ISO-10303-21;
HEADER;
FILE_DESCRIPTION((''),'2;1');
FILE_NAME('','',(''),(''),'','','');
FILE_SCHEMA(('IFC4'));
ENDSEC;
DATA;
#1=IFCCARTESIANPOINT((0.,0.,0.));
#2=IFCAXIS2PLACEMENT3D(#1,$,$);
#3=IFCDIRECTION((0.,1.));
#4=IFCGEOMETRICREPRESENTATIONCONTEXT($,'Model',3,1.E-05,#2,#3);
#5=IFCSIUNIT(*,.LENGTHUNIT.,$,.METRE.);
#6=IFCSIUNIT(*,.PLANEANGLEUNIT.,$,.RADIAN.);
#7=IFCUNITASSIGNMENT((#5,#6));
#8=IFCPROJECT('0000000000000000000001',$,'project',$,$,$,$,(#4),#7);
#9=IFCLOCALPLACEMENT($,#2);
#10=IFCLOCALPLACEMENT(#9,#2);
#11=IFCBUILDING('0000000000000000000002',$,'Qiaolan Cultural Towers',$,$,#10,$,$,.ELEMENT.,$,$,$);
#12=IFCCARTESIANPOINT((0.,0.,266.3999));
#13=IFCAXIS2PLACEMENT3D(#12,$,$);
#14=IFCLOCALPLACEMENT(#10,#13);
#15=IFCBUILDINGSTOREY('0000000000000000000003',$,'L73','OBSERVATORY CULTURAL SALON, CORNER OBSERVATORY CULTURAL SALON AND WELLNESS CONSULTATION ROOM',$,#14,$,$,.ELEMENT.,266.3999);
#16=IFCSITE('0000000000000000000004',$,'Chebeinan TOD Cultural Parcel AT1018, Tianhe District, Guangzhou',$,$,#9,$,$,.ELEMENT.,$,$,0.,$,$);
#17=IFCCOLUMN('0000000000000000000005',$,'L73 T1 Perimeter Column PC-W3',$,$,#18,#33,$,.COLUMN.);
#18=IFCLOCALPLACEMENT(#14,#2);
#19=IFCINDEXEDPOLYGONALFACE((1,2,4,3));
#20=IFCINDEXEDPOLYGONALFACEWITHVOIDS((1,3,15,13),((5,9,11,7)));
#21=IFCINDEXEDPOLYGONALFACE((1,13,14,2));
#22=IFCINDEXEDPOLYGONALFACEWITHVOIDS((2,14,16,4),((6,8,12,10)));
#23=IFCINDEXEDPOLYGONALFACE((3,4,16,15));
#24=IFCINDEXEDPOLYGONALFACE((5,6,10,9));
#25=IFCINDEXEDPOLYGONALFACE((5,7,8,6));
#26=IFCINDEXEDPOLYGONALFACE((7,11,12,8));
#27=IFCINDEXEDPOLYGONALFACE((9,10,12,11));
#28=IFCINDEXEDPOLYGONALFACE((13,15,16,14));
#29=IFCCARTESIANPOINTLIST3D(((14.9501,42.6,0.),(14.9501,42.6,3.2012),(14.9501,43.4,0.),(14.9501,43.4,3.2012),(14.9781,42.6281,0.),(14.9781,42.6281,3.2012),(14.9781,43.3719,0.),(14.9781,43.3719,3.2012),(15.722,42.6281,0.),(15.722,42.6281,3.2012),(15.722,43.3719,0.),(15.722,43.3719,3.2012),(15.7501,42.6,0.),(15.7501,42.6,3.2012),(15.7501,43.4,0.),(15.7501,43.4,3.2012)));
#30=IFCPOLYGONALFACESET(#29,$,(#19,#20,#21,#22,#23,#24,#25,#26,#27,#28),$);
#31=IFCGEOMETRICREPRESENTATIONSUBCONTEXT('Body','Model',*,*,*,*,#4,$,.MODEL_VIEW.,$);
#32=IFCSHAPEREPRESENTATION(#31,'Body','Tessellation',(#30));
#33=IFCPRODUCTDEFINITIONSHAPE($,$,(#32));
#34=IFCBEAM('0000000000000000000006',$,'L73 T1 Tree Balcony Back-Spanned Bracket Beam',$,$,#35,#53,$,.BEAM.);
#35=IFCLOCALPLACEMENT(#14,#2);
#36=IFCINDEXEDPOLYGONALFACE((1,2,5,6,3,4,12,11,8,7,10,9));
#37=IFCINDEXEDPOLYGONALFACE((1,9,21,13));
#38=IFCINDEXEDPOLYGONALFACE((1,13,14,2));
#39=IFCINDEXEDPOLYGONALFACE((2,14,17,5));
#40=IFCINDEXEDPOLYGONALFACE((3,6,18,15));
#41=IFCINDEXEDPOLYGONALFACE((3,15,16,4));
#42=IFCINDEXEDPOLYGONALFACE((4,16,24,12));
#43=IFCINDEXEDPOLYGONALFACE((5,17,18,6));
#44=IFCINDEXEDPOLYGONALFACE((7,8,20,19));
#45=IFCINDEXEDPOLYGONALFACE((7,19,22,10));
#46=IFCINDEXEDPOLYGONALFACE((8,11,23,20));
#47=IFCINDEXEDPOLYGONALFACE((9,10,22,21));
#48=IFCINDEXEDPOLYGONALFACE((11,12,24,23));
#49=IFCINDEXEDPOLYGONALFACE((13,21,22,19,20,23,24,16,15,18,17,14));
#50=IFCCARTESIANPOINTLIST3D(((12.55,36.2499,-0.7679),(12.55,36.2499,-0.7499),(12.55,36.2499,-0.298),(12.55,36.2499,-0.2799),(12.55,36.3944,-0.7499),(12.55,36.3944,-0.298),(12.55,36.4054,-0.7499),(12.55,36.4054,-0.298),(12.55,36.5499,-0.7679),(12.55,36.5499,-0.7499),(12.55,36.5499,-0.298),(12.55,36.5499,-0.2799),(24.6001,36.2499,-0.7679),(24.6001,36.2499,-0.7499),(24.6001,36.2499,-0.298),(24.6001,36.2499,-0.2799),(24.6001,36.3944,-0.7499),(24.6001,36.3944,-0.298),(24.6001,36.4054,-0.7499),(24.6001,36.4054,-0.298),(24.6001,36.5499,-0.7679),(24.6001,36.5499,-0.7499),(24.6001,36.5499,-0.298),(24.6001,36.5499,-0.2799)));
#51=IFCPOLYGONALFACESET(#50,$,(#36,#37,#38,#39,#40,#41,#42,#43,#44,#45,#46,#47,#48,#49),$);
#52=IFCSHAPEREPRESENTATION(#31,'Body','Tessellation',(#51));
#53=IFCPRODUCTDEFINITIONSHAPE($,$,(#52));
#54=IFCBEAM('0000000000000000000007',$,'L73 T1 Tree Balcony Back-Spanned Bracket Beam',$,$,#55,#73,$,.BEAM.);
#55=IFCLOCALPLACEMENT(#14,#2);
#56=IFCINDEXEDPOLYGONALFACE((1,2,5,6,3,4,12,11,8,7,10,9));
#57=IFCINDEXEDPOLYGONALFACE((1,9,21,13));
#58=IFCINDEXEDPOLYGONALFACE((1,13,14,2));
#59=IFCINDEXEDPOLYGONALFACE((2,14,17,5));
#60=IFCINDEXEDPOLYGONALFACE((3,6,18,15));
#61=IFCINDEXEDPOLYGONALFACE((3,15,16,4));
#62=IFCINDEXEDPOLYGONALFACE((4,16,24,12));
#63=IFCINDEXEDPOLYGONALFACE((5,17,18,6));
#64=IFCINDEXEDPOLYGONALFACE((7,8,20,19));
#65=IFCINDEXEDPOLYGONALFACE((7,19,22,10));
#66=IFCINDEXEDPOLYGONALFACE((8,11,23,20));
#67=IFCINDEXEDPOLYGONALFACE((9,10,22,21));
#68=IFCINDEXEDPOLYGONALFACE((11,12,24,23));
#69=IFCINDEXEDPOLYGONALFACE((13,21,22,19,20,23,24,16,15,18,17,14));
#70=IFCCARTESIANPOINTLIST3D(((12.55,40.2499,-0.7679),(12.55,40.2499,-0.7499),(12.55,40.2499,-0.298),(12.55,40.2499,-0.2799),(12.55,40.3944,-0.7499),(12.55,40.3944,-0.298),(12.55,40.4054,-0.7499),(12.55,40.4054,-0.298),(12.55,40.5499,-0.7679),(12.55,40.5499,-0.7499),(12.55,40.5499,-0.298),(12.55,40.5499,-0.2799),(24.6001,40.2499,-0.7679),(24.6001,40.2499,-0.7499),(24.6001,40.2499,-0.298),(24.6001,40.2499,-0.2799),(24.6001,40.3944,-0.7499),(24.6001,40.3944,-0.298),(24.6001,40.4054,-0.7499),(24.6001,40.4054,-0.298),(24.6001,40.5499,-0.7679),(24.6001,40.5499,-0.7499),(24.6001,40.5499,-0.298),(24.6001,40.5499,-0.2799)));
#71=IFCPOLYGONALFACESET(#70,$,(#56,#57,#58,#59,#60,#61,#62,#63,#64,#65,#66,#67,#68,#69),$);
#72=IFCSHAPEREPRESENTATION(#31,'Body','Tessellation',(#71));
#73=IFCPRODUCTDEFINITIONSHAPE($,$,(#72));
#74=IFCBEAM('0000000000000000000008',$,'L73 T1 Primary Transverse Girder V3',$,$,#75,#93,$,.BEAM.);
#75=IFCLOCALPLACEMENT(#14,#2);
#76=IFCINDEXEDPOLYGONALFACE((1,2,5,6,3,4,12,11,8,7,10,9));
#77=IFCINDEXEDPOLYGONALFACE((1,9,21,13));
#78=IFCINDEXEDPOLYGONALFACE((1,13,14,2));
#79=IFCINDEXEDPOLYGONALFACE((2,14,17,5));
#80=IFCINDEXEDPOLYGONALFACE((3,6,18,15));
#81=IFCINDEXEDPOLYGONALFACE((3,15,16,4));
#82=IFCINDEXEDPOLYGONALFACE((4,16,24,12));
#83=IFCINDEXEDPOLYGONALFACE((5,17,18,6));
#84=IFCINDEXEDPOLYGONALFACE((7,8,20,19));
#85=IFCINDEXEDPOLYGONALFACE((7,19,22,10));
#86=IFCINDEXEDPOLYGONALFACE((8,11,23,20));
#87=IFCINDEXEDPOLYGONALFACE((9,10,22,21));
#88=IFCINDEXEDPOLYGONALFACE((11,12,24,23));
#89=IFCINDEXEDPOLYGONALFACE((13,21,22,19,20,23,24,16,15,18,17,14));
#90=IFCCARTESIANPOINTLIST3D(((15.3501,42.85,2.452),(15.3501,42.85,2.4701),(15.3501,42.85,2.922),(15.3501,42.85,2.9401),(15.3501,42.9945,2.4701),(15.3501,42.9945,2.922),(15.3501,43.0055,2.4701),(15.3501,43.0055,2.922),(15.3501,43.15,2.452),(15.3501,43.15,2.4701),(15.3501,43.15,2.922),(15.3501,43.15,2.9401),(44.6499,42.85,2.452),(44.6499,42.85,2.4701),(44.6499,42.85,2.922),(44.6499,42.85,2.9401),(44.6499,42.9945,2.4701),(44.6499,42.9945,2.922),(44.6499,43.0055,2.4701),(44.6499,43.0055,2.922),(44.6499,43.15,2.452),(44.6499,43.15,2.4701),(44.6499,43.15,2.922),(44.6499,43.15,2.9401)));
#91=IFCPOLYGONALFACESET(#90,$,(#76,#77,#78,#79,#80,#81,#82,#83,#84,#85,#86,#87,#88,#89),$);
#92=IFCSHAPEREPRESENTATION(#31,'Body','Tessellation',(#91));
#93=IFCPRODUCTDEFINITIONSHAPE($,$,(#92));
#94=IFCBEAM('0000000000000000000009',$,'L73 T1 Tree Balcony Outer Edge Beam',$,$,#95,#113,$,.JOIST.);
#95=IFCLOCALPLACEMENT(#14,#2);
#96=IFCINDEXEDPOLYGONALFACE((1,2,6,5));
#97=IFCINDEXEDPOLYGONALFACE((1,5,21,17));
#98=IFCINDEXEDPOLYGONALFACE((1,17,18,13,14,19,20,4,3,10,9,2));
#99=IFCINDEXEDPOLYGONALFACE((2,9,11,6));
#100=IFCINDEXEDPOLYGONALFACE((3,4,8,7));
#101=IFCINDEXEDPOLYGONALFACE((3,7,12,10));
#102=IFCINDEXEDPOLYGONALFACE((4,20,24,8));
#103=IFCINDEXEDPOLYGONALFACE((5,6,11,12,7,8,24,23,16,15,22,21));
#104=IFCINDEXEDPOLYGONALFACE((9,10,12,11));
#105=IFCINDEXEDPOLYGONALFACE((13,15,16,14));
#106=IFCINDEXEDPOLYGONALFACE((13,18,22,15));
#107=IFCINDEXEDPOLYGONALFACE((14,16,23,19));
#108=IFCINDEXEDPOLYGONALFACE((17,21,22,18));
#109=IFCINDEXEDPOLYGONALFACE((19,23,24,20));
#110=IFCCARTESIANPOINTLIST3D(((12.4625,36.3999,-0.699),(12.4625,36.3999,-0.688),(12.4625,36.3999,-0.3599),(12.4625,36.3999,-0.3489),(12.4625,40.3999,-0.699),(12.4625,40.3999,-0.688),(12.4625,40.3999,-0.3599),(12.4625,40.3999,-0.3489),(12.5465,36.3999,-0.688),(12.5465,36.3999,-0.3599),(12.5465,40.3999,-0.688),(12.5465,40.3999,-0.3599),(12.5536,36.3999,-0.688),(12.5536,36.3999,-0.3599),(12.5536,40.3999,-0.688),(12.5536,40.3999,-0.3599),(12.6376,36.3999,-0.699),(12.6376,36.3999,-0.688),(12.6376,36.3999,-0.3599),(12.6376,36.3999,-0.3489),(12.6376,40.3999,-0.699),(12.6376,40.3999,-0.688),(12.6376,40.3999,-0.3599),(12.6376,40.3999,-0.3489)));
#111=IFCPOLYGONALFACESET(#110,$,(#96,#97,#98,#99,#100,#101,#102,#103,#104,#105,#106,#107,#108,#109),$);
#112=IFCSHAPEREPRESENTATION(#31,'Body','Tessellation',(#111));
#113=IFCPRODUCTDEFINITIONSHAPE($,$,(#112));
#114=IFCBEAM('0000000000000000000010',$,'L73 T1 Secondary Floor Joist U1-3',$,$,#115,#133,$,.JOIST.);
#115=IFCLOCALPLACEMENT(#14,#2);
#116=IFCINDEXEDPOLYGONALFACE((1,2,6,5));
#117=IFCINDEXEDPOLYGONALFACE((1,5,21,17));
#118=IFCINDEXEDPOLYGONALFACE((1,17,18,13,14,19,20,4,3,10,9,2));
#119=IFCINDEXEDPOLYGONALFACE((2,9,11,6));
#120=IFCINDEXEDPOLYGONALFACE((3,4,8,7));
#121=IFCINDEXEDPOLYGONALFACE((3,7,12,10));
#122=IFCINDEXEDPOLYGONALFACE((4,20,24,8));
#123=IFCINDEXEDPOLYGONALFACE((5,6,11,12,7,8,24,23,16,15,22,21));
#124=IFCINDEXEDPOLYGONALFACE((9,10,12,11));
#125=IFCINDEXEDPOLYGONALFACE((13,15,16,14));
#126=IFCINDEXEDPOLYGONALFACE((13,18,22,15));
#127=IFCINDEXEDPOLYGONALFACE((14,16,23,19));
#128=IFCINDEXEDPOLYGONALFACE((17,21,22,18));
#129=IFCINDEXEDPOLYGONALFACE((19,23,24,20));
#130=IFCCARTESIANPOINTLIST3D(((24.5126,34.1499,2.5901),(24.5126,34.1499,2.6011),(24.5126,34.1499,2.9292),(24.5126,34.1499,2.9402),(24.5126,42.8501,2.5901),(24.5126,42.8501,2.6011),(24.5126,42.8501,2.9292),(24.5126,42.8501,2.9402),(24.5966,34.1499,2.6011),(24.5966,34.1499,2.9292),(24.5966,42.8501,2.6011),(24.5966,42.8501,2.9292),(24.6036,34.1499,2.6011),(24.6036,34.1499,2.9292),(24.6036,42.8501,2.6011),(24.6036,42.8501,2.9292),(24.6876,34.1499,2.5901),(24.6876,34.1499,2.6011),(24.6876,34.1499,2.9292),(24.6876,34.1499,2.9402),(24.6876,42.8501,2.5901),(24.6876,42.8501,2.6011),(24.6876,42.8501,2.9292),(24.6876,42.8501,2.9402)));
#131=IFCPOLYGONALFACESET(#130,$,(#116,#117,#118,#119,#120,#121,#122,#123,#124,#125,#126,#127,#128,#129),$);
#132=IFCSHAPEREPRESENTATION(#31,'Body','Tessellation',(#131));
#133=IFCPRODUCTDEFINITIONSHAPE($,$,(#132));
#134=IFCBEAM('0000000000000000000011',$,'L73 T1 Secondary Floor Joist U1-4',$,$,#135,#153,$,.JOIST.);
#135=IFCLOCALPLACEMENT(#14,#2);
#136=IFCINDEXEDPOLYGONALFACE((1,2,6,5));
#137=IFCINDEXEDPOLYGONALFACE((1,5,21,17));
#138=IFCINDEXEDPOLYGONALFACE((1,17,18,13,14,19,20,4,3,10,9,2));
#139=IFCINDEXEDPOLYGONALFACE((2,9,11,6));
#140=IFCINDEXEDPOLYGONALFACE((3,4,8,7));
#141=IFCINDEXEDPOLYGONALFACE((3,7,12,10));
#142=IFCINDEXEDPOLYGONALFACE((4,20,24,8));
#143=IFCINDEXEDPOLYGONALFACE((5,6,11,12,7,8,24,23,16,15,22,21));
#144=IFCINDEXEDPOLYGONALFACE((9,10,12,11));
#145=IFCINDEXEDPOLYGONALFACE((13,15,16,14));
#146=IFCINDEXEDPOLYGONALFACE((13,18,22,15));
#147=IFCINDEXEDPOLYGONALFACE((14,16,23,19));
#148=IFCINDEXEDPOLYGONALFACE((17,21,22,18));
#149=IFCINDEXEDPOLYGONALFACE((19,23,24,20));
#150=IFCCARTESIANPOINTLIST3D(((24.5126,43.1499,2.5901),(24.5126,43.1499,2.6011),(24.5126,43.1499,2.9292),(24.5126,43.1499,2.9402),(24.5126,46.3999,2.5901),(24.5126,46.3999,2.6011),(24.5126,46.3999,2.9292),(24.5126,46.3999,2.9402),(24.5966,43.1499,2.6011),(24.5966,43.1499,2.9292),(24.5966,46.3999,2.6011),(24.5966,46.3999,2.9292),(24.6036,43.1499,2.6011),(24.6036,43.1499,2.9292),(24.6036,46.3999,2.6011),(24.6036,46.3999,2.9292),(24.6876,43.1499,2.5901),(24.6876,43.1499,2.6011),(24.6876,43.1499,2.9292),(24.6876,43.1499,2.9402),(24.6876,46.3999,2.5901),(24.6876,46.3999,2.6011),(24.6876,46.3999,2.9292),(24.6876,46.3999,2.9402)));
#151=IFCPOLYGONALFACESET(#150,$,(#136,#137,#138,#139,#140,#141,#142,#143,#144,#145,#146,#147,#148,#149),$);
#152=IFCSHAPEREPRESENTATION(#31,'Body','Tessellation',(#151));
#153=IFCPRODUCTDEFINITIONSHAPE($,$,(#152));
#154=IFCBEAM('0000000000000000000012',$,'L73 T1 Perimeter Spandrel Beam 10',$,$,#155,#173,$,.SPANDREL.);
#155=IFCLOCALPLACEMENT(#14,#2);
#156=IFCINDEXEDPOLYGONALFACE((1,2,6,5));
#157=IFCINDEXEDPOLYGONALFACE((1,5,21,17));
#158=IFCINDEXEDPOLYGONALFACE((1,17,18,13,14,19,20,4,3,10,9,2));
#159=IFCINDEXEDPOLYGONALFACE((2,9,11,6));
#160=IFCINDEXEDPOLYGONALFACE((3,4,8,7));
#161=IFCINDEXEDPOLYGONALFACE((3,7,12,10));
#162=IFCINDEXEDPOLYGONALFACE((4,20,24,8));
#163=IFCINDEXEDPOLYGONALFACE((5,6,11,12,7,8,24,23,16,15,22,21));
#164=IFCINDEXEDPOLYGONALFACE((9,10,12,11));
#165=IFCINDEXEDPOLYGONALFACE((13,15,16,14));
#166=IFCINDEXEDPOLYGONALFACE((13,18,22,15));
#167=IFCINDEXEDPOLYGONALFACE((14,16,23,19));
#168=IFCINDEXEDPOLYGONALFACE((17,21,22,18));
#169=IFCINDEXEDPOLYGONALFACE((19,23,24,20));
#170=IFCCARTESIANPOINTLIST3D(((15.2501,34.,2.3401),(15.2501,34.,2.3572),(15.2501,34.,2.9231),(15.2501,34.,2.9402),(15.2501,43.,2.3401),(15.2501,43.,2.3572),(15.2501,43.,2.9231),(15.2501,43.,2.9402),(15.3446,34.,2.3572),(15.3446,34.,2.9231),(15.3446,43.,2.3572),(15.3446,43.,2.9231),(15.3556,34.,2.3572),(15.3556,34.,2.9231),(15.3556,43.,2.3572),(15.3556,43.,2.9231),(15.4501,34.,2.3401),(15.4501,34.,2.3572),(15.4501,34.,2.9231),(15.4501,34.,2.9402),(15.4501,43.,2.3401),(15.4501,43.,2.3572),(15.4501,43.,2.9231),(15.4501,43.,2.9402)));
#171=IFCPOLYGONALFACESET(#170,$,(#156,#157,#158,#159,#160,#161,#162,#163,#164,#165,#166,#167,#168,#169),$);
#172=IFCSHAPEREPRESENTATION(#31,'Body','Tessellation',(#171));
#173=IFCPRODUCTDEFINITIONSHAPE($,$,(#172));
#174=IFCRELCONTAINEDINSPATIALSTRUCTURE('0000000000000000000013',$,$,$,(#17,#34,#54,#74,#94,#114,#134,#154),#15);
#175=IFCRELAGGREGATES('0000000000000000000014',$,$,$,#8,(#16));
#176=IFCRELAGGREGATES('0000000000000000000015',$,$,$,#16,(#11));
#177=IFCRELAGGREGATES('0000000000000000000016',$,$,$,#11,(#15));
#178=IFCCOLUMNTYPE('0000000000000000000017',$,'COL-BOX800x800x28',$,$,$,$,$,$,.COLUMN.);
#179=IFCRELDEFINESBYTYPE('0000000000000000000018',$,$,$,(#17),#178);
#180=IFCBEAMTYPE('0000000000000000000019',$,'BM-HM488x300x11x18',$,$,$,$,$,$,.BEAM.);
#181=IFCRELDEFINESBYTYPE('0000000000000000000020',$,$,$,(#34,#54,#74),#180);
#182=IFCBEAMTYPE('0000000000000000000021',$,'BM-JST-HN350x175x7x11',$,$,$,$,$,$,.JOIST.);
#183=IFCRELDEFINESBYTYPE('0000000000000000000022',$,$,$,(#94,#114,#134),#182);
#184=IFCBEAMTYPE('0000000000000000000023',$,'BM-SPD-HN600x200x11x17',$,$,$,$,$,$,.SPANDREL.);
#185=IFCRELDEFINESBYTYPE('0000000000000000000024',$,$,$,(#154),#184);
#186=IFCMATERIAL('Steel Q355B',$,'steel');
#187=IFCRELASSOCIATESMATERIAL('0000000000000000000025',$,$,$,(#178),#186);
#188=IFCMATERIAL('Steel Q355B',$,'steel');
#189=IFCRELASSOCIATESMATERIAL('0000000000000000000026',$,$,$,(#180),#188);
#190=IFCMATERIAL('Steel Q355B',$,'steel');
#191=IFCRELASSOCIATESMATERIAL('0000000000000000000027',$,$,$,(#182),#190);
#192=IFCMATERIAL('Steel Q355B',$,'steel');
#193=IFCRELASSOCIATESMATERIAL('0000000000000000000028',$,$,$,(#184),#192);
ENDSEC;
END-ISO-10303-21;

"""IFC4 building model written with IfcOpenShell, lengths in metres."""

from ifc_helpers import new_model, si_unit, direction, frame, origin, origin_2d, place, context, subcontext, project, spatial, hollow_rectangle, i_section, extrude, material, material_profile, profile_set, type_object, element, save


model = new_model("IFC4")

# Units and contexts
model_context = context("Model", 3, precision=1e-05, world=origin(), true_north=direction((0.0, 1.0)))
body_context = subcontext(model_context, "Body", "Model", "MODEL_VIEW")
ifc_project = project(units=[si_unit("LENGTHUNIT", "METRE"), si_unit("PLANEANGLEUNIT", "RADIAN")], contexts=[model_context])

# Site, building, storey
site_placement = place(None, origin())
site = spatial("IfcSite", under=ifc_project, at=site_placement, Name="Chebeinan TOD Cultural Parcel AT1018, Tianhe District, Guangzhou", CompositionType="ELEMENT", RefElevation=0.0)
building_placement = place(site_placement, origin())
building = spatial("IfcBuilding", under=site, at=building_placement, Name="Qiaolan Cultural Towers", CompositionType="ELEMENT")
storey_placement = place(building_placement, frame((0.0, 0.0, 266.3999)))
storey = spatial("IfcBuildingStorey", under=building, at=storey_placement, Name="L73", Description="OBSERVATORY CULTURAL SALON, CORNER OBSERVATORY CULTURAL SALON AND WELLNESS CONSULTATION ROOM", CompositionType="ELEMENT", Elevation=266.3999)

# Column
ifc_material_1 = material(Name="Steel Q355B", Category="steel")
ifc_material_profile_1 = material_profile(ifc_material_1, hollow_rectangle(XDim=0.8, YDim=0.8, WallThickness=0.0281, at=origin_2d()), Name="BOX800x800x28")
ifc_profile_set_1 = profile_set([ifc_material_profile_1], Name="Steel Q355B")
column_type = type_object("IfcColumnType", Name="COL-BOX800x800x28", PredefinedType="COLUMN", material=ifc_profile_set_1)
column_placement = place(storey_placement, frame((15.3501, 43.0, 0.0), z_axis=(0.0, 0.0, 1.0), x_axis=(1.0, 0.0, 0.0)))
element("IfcColumn", 1, at=column_placement, inside=storey, type_object=column_type, Name="L73 T1 Perimeter Column PC-W3", PredefinedType="COLUMN", context=body_context, shape_type="SweptSolid", body=[
    extrude(hollow_rectangle(XDim=0.8, YDim=0.8, WallThickness=0.0281, at=origin_2d()), origin(), (0.0, 0.0, 1.0), 3.2012),
])

# Beams
ifc_material_2 = material(Name="Steel Q355B", Category="steel")
ifc_material_profile_2 = material_profile(ifc_material_2, i_section(OverallWidth=0.3, OverallDepth=0.488, WebThickness=0.011, FlangeThickness=0.0181, at=origin_2d()), Name="HM488x300x11x18")
ifc_profile_set_2 = profile_set([ifc_material_profile_2], Name="Steel Q355B")
beam_type_1 = type_object("IfcBeamType", Name="BM-HM488x300x11x18", PredefinedType="BEAM", material=ifc_profile_set_2)
for number, where, z_axis, x_axis, name in (
    (2, (24.6001, 36.3999, -0.5239), (-1.0, 0.0, 0.0), (0.0, -1.0, 0.0), "L73 T1 Tree Balcony Back-Spanned Bracket Beam"),
    (3, (24.6001, 40.3999, -0.5239), (-1.0, 0.0, 0.0), (0.0, -1.0, 0.0), "L73 T1 Tree Balcony Back-Spanned Bracket Beam"),
):
    element("IfcBeam", number, at=place(storey_placement, frame(where, z_axis=z_axis, x_axis=x_axis)), inside=storey, type_object=beam_type_1, Name=name, PredefinedType="BEAM", context=body_context, shape_type="SweptSolid", body=[
        extrude(i_section(OverallWidth=0.3, OverallDepth=0.488, WebThickness=0.011, FlangeThickness=0.0181, at=origin_2d()), origin(), (0.0, 0.0, 1.0), 12.05),
    ])
beam_1_placement = place(storey_placement, frame((15.3501, 43.0, 2.696), z_axis=(1.0, 0.0, 0.0), x_axis=(0.0, 1.0, 0.0)))
element("IfcBeam", 4, at=beam_1_placement, inside=storey, type_object=beam_type_1, Name="L73 T1 Primary Transverse Girder V3", PredefinedType="BEAM", context=body_context, shape_type="SweptSolid", body=[
    extrude(i_section(OverallWidth=0.3, OverallDepth=0.488, WebThickness=0.011, FlangeThickness=0.0181, at=origin_2d()), origin(), (0.0, 0.0, 1.0), 29.2998),
])
ifc_material_3 = material(Name="Steel Q355B", Category="steel")
ifc_material_profile_3 = material_profile(ifc_material_3, i_section(OverallWidth=0.175, OverallDepth=0.3501, WebThickness=0.0071, FlangeThickness=0.011, at=origin_2d()), Name="HN350x175x7x11")
ifc_profile_set_3 = profile_set([ifc_material_profile_3], Name="Steel Q355B")
beam_type_2 = type_object("IfcBeamType", Name="BM-JST-HN350x175x7x11", PredefinedType="JOIST", material=ifc_profile_set_3)
beam_2_placement = place(storey_placement, frame((12.55, 36.3999, -0.5239), z_axis=(0.0, 1.0, 0.0), x_axis=(-1.0, 0.0, 0.0)))
element("IfcBeam", 5, at=beam_2_placement, inside=storey, type_object=beam_type_2, Name="L73 T1 Tree Balcony Outer Edge Beam", PredefinedType="JOIST", context=body_context, shape_type="SweptSolid", body=[
    extrude(i_section(OverallWidth=0.175, OverallDepth=0.3501, WebThickness=0.0071, FlangeThickness=0.011, at=origin_2d()), origin(), (0.0, 0.0, 1.0), 4.0),
])
beam_3_placement = place(storey_placement, frame((24.6001, 34.1499, 2.7651), z_axis=(0.0, 1.0, 0.0), x_axis=(-1.0, 0.0, 0.0)))
element("IfcBeam", 6, at=beam_3_placement, inside=storey, type_object=beam_type_2, Name="L73 T1 Secondary Floor Joist U1-3", PredefinedType="JOIST", context=body_context, shape_type="SweptSolid", body=[
    extrude(i_section(OverallWidth=0.175, OverallDepth=0.3501, WebThickness=0.0071, FlangeThickness=0.011, at=origin_2d()), origin(), (0.0, 0.0, 1.0), 8.7002),
])
beam_4_placement = place(storey_placement, frame((24.6001, 43.1499, 2.7651), z_axis=(0.0, 1.0, 0.0), x_axis=(-1.0, 0.0, 0.0)))
element("IfcBeam", 7, at=beam_4_placement, inside=storey, type_object=beam_type_2, Name="L73 T1 Secondary Floor Joist U1-4", PredefinedType="JOIST", context=body_context, shape_type="SweptSolid", body=[
    extrude(i_section(OverallWidth=0.175, OverallDepth=0.3501, WebThickness=0.0071, FlangeThickness=0.011, at=origin_2d()), origin(), (0.0, 0.0, 1.0), 3.25),
])
ifc_material_4 = material(Name="Steel Q355B", Category="steel")
ifc_material_profile_4 = material_profile(ifc_material_4, i_section(OverallWidth=0.2, OverallDepth=0.6001, WebThickness=0.011, FlangeThickness=0.0171, at=origin_2d()), Name="HN600x200x11x17")
ifc_profile_set_4 = profile_set([ifc_material_profile_4], Name="Steel Q355B")
beam_type_3 = type_object("IfcBeamType", Name="BM-SPD-HN600x200x11x17", PredefinedType="SPANDREL", material=ifc_profile_set_4)
beam_5_placement = place(storey_placement, frame((15.3501, 43.0, 2.6401), z_axis=(0.0, -1.0, 0.0), x_axis=(1.0, 0.0, 0.0)))
element("IfcBeam", 8, at=beam_5_placement, inside=storey, type_object=beam_type_3, Name="L73 T1 Perimeter Spandrel Beam 10", PredefinedType="SPANDREL", context=body_context, shape_type="SweptSolid", body=[
    extrude(i_section(OverallWidth=0.2, OverallDepth=0.6001, WebThickness=0.011, FlangeThickness=0.0171, at=origin_2d()), origin(), (0.0, 0.0, 1.0), 9.0),
])

save(model, "model.ifc")
